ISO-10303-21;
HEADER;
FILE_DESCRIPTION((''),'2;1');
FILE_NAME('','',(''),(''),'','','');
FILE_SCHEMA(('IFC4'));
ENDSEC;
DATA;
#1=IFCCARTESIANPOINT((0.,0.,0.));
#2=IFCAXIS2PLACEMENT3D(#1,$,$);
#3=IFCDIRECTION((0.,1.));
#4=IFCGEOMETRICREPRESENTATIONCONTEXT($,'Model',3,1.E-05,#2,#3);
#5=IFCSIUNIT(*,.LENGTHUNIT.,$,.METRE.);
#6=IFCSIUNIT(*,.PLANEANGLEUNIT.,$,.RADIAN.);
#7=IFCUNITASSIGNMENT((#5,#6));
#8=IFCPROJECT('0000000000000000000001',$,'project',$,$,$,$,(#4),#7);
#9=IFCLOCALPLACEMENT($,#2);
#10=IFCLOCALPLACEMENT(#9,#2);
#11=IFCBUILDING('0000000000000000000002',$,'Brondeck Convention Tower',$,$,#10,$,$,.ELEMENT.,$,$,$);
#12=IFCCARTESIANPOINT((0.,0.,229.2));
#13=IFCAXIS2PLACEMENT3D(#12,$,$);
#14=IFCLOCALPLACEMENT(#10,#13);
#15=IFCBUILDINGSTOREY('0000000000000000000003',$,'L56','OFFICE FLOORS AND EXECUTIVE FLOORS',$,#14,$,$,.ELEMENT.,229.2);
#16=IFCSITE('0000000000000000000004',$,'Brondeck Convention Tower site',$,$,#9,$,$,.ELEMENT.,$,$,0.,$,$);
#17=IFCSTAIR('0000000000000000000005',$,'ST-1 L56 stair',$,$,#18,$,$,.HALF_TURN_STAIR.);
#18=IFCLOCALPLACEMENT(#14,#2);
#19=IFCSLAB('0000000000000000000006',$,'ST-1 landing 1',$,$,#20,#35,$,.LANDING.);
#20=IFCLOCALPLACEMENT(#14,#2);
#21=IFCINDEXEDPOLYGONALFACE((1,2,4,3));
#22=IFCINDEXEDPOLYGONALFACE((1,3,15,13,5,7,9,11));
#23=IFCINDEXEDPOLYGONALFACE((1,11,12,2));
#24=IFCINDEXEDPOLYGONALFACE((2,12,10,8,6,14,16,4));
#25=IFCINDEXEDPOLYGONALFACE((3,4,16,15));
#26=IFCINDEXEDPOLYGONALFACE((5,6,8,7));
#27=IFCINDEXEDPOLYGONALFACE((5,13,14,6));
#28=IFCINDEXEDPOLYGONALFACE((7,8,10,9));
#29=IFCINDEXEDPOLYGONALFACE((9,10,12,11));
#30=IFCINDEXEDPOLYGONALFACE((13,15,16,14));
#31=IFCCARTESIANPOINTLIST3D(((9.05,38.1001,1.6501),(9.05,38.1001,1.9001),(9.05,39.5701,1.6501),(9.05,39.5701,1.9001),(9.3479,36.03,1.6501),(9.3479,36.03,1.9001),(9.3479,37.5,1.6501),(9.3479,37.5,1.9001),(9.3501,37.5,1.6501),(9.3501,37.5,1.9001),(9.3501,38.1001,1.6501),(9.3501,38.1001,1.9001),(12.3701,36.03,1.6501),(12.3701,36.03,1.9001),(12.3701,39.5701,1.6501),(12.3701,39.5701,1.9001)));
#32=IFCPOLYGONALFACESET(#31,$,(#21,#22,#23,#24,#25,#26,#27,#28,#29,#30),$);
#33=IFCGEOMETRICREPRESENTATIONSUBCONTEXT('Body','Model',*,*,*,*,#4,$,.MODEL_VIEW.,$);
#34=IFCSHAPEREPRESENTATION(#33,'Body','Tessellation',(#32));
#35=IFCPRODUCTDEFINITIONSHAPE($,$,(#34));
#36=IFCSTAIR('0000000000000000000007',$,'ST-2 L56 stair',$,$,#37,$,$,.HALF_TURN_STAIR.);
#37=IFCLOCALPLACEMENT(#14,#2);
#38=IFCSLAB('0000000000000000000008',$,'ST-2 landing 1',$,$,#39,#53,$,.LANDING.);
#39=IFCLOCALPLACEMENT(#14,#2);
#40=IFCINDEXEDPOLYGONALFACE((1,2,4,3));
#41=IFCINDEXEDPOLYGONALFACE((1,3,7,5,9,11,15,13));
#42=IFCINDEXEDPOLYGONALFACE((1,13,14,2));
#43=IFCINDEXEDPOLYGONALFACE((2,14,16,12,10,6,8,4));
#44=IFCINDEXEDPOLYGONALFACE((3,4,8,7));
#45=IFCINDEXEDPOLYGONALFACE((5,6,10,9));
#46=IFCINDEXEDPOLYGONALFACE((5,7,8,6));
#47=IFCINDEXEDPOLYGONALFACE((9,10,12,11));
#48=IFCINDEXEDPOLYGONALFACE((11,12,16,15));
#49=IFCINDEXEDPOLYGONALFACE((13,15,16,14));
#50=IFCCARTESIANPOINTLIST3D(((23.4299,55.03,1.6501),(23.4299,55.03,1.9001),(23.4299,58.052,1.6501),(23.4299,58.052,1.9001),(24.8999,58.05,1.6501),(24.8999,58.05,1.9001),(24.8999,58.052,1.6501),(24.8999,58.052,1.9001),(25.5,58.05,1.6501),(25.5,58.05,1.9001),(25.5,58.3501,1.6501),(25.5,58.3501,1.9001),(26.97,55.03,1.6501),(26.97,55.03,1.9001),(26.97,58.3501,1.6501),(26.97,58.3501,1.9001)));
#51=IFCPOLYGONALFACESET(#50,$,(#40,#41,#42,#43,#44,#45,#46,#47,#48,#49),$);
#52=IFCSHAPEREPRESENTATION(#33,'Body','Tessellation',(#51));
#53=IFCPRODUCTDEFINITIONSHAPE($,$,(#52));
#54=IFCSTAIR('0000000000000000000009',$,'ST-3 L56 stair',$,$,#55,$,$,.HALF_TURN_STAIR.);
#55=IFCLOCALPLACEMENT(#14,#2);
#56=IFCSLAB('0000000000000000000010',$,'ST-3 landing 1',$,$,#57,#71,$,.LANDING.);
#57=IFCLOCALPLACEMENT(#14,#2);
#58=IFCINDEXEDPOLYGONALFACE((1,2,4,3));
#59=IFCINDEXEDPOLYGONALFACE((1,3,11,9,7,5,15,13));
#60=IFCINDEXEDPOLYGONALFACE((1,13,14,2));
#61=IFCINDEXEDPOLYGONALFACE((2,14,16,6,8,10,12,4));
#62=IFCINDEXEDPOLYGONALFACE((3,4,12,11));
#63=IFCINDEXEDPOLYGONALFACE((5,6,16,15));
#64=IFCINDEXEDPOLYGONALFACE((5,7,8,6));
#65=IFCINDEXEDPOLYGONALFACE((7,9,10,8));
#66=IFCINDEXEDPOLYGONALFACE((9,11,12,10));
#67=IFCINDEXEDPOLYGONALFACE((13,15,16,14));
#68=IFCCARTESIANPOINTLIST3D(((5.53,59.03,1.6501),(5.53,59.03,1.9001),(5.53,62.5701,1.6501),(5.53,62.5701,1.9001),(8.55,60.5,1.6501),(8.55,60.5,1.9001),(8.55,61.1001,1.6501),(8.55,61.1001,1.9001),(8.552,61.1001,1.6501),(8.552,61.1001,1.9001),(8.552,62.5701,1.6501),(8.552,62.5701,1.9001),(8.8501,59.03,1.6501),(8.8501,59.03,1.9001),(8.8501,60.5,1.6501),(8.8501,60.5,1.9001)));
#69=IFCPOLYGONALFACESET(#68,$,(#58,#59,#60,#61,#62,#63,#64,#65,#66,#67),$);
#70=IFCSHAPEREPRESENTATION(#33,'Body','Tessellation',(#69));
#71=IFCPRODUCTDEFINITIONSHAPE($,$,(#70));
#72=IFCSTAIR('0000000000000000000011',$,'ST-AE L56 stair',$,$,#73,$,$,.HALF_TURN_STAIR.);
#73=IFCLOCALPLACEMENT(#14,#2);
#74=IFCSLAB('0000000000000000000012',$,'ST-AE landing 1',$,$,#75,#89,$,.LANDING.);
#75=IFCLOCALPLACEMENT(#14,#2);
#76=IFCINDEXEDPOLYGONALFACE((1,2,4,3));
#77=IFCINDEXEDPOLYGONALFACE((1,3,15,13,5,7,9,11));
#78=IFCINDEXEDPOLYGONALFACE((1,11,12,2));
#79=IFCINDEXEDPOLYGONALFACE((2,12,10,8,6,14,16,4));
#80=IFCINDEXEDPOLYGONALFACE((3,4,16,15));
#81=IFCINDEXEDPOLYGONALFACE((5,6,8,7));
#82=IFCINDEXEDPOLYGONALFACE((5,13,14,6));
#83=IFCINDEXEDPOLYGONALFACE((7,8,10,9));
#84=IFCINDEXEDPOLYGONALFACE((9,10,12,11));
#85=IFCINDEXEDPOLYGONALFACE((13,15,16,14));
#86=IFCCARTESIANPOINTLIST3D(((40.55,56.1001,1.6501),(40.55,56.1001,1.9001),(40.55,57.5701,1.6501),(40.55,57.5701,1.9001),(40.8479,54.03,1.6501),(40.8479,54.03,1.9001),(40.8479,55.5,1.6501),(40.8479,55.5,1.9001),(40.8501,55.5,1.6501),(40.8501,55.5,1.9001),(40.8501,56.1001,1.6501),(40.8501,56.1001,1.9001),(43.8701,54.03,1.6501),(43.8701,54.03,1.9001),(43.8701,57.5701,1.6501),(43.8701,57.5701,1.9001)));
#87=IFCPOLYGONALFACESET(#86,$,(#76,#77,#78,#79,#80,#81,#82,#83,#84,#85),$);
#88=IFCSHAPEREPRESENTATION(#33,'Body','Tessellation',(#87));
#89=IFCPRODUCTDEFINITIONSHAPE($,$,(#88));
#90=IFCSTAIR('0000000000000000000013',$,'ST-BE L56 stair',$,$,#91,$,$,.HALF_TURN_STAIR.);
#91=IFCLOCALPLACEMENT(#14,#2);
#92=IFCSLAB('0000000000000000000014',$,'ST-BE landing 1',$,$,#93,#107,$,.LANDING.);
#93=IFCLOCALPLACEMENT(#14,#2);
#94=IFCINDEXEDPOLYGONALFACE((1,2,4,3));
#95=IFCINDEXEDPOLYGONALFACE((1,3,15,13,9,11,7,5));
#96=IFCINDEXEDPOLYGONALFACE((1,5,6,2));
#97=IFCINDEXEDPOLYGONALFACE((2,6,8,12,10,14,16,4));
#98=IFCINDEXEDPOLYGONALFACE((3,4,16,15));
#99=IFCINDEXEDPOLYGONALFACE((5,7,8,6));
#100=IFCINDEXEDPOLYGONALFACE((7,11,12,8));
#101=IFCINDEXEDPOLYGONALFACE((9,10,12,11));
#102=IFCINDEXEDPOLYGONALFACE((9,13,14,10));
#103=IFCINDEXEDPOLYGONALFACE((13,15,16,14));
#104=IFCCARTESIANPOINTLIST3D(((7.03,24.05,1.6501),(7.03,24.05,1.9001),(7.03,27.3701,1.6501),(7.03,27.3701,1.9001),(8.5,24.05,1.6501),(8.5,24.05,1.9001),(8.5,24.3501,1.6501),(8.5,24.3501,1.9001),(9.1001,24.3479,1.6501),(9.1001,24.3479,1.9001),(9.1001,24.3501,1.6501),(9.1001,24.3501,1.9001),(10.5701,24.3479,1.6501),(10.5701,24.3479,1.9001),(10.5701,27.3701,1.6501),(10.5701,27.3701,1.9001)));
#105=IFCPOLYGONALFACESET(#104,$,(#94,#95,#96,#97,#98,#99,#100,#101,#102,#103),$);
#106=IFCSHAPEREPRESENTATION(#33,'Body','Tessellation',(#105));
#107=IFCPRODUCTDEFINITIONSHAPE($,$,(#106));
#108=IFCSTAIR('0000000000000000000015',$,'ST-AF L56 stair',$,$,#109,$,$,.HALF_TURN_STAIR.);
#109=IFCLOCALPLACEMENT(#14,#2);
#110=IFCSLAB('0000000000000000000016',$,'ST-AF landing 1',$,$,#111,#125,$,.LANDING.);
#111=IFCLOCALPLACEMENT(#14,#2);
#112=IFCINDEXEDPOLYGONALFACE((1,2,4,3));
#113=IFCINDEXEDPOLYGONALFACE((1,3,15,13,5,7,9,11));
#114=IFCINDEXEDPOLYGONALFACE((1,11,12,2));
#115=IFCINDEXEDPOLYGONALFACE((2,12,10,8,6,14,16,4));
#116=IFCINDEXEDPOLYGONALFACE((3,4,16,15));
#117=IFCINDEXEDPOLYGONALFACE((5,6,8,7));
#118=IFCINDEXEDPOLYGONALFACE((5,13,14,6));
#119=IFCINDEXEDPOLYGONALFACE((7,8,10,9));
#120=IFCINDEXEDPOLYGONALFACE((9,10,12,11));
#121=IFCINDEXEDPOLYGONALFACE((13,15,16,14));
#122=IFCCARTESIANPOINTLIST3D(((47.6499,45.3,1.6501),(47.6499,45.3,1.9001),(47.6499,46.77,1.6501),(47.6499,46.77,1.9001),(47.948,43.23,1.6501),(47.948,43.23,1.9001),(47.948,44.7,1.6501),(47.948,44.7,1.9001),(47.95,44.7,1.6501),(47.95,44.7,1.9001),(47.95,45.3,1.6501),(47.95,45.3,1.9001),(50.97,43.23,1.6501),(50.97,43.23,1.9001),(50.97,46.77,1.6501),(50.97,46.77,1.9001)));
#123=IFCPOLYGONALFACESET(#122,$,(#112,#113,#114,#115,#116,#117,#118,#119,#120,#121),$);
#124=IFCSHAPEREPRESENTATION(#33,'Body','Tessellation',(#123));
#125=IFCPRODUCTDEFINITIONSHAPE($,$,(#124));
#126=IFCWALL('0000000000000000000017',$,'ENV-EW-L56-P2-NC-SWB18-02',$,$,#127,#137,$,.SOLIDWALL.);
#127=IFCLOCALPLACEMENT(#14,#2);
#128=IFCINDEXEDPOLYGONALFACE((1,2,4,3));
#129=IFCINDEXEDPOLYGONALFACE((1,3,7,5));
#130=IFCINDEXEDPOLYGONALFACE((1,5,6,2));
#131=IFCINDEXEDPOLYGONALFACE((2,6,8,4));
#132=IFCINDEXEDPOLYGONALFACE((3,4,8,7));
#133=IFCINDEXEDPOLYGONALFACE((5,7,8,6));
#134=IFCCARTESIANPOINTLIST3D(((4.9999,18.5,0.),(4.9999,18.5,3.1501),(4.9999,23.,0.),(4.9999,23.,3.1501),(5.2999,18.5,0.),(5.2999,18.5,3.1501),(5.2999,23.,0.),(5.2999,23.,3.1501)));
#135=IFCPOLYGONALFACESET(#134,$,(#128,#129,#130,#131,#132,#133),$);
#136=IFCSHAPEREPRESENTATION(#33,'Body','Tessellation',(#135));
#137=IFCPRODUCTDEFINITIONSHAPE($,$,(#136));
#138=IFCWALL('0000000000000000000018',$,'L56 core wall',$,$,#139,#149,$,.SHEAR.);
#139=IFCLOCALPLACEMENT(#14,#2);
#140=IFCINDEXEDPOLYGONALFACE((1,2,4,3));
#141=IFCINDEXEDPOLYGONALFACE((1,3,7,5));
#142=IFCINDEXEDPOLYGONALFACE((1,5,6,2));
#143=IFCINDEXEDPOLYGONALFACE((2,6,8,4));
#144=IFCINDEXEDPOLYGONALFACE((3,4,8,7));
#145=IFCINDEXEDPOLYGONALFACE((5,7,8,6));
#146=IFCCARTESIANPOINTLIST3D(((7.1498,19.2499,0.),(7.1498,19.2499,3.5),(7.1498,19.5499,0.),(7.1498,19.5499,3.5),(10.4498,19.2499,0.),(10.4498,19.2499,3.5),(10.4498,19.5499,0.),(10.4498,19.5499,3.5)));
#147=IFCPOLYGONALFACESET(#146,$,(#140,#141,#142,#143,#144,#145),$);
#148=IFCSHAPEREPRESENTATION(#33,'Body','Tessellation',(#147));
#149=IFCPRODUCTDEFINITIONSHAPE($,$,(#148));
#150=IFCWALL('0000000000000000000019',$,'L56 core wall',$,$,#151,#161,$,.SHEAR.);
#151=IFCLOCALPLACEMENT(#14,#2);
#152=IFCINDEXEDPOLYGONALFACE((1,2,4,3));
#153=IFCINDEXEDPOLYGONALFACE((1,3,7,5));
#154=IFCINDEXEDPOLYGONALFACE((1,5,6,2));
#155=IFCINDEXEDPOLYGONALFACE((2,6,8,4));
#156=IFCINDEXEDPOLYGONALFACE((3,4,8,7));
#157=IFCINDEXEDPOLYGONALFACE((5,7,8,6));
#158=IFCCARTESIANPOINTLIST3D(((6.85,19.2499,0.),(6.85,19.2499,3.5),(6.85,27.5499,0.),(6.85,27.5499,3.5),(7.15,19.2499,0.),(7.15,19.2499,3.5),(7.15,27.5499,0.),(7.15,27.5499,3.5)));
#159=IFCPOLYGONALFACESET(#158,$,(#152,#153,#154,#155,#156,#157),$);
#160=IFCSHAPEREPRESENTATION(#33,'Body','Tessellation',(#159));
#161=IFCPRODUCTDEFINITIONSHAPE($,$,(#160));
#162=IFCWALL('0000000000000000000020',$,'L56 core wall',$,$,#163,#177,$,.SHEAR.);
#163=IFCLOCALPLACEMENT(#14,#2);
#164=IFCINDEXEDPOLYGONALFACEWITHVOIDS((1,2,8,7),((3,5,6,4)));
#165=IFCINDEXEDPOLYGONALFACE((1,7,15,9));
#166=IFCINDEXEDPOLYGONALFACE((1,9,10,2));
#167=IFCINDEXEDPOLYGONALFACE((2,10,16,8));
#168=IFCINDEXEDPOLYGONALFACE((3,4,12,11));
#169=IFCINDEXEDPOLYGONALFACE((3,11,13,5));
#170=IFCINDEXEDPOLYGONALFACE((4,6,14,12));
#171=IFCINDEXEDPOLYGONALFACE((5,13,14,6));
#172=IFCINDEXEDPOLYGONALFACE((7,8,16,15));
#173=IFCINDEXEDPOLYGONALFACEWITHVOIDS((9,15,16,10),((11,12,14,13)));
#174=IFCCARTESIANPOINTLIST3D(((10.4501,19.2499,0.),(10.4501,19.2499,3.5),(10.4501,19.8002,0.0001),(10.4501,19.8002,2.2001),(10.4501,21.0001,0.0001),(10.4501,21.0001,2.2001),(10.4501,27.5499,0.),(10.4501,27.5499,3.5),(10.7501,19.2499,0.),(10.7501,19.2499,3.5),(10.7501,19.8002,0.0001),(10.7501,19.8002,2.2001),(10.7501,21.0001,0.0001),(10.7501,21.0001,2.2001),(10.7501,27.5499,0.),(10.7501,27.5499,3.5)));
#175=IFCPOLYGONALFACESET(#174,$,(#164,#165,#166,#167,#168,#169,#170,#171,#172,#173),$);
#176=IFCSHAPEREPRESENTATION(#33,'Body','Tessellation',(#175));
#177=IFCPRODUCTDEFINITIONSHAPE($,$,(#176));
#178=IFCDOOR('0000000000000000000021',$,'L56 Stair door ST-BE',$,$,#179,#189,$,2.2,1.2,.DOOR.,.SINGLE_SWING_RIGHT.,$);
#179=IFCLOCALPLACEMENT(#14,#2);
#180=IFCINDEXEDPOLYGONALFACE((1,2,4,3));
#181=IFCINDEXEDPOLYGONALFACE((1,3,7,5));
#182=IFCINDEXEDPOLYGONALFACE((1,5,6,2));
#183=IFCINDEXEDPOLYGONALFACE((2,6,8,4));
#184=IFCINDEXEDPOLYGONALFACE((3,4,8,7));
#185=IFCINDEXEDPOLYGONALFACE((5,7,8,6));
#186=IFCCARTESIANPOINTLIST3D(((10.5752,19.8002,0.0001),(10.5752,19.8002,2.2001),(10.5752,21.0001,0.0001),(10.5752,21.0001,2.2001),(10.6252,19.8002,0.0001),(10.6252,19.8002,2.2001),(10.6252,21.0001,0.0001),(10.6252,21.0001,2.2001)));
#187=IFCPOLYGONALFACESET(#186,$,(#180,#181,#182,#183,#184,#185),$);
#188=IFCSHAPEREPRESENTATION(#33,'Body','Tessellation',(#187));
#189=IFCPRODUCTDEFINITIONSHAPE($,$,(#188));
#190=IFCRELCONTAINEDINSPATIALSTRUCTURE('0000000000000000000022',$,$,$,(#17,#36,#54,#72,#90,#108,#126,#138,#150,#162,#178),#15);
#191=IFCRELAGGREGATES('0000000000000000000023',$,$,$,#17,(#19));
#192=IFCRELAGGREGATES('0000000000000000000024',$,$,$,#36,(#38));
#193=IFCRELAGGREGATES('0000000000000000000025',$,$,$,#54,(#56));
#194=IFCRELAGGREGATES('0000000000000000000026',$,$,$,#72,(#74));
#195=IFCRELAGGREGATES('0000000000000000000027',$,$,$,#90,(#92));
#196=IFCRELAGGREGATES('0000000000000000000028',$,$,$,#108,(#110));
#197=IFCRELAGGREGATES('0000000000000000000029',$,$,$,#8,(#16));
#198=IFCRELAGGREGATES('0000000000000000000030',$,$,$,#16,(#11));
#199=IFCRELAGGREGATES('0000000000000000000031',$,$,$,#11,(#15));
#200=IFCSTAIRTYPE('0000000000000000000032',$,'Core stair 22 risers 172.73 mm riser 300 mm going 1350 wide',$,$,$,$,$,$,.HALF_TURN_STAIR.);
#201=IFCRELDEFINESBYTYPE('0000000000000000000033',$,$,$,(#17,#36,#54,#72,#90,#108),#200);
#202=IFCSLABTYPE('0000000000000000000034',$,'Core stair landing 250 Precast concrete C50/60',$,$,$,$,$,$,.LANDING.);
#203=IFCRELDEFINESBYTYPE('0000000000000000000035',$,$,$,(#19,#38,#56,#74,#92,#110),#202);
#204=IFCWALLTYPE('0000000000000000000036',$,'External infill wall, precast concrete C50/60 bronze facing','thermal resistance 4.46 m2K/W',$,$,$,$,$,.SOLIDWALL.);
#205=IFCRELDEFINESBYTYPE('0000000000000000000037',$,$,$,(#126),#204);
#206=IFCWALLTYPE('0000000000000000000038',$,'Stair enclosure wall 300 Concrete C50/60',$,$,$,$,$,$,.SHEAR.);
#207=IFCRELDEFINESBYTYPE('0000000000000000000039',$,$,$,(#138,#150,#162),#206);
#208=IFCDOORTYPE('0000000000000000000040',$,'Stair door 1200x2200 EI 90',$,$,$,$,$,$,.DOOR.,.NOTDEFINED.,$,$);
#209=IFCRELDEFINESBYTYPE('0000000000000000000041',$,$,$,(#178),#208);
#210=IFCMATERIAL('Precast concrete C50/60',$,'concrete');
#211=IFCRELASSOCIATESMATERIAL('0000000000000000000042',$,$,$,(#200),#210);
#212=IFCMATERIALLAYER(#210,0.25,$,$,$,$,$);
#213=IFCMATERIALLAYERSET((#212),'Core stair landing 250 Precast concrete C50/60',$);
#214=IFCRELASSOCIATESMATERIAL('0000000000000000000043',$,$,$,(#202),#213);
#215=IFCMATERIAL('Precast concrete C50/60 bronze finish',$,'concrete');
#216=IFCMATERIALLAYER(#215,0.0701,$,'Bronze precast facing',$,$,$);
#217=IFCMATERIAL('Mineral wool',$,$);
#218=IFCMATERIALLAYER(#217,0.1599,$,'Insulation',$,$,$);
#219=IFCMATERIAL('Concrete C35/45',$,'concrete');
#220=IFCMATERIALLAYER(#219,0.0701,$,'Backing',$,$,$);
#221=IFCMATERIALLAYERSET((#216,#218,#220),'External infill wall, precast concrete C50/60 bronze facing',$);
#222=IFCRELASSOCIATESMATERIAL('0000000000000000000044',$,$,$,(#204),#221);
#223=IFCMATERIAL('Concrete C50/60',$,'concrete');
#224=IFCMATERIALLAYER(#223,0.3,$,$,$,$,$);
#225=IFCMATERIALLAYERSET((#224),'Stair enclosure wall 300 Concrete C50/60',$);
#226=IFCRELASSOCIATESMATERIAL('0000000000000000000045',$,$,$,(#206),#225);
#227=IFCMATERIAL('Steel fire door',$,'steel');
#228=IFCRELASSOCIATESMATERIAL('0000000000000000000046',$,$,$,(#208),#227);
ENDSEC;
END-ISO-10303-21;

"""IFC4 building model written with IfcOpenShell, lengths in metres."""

from ifc_helpers import new_model, si_unit, direction, frame, frame_2d, origin, place, context, subcontext, project, spatial, polyline, rectangle, outline, extrude, material, layer, layer_set, type_object, element, fill, aggregate, save


model = new_model("IFC4")

# Units and contexts
model_context = context("Model", 3, precision=1e-05, world=origin(), true_north=direction((0.0, 1.0)))
body_context = subcontext(model_context, "Body", "Model", "MODEL_VIEW")
ifc_project = project(units=[si_unit("LENGTHUNIT", "METRE"), si_unit("PLANEANGLEUNIT", "RADIAN")], contexts=[model_context])

# Site, building, storey
site_placement = place(None, origin())
site = spatial("IfcSite", under=ifc_project, at=site_placement, Name="Brondeck Convention Tower site", CompositionType="ELEMENT", RefElevation=0.0)
building_placement = place(site_placement, origin())
building = spatial("IfcBuilding", under=site, at=building_placement, Name="Brondeck Convention Tower", CompositionType="ELEMENT")
storey_placement = place(building_placement, frame((0.0, 0.0, 229.2)))
storey = spatial("IfcBuildingStorey", under=building, at=storey_placement, Name="L56", Description="OFFICE FLOORS AND EXECUTIVE FLOORS", CompositionType="ELEMENT", Elevation=229.2)

# Shared definitions
ifc_material_1 = material(Name="Concrete C50/60", Category="concrete")

# Shared definitions
ifc_material_2 = material(Name="Concrete C35/45", Category="concrete")

# Stairs, slabs
ifc_material_3 = material(Name="Precast concrete C50/60", Category="concrete")
stair_type = type_object("IfcStairType", Name="Core stair 22 risers 172.73 mm riser 300 mm going 1350 wide", PredefinedType="HALF_TURN_STAIR", material=ifc_material_3)
stair_1_placement = place(storey_placement, origin())
stair_1 = element("IfcStair", 1, at=stair_1_placement, inside=storey, type_object=stair_type, Name="ST-1 L56 stair", PredefinedType="HALF_TURN_STAIR")
ifc_layer_1 = layer(ifc_material_3, 0.25)
ifc_layer_set_1 = layer_set([ifc_layer_1], Name="Core stair landing 250 Precast concrete C50/60")
slab_type_1 = type_object("IfcSlabType", Name="Core stair landing 250 Precast concrete C50/60", PredefinedType="LANDING", material=ifc_layer_set_1)
slab_1_placement = place(storey_placement, frame((0.0, 0.0, 1.6501)))
slab_1 = element("IfcSlab", 2, at=slab_1_placement, type_object=slab_type_1, Name="ST-1 landing 1", PredefinedType="LANDING", context=body_context, shape_type="SweptSolid", body=[
    extrude(outline(polyline([(9.3479, 37.5), (9.3501, 37.5), (9.3501, 38.1001), (9.05, 38.1001), (9.05, 39.5701), (12.3701, 39.5701), (12.3701, 36.03), (9.3479, 36.03), (9.3479, 37.5)])), origin(), (0.0, 0.0, 1.0), 0.25),
])
aggregate(stair_1, [slab_1])
stair_2_placement = place(storey_placement, origin())
stair_2 = element("IfcStair", 3, at=stair_2_placement, inside=storey, type_object=stair_type, Name="ST-2 L56 stair", PredefinedType="HALF_TURN_STAIR")
slab_2_placement = place(storey_placement, frame((0.0, 0.0, 1.6501)))
slab_2 = element("IfcSlab", 4, at=slab_2_placement, type_object=slab_type_1, Name="ST-2 landing 1", PredefinedType="LANDING", context=body_context, shape_type="SweptSolid", body=[
    extrude(outline(polyline([(23.4299, 58.052), (24.8999, 58.052), (24.8999, 58.05), (25.5, 58.05), (25.5, 58.3501), (26.97, 58.3501), (26.97, 55.03), (23.4299, 55.03), (23.4299, 58.052)])), origin(), (0.0, 0.0, 1.0), 0.25),
])
aggregate(stair_2, [slab_2])
stair_3_placement = place(storey_placement, origin())
stair_3 = element("IfcStair", 5, at=stair_3_placement, inside=storey, type_object=stair_type, Name="ST-3 L56 stair", PredefinedType="HALF_TURN_STAIR")
slab_3_placement = place(storey_placement, frame((0.0, 0.0, 1.6501)))
slab_3 = element("IfcSlab", 6, at=slab_3_placement, type_object=slab_type_1, Name="ST-3 landing 1", PredefinedType="LANDING", context=body_context, shape_type="SweptSolid", body=[
    extrude(outline(polyline([(8.8501, 60.5), (8.8501, 59.03), (5.53, 59.03), (5.53, 62.5701), (8.552, 62.5701), (8.552, 61.1001), (8.55, 61.1001), (8.55, 60.5), (8.8501, 60.5)])), origin(), (0.0, 0.0, 1.0), 0.25),
])
aggregate(stair_3, [slab_3])
stair_4_placement = place(storey_placement, origin())
stair_4 = element("IfcStair", 7, at=stair_4_placement, inside=storey, type_object=stair_type, Name="ST-AE L56 stair", PredefinedType="HALF_TURN_STAIR")
slab_4_placement = place(storey_placement, frame((0.0, 0.0, 1.6501)))
slab_4 = element("IfcSlab", 8, at=slab_4_placement, type_object=slab_type_1, Name="ST-AE landing 1", PredefinedType="LANDING", context=body_context, shape_type="SweptSolid", body=[
    extrude(outline(polyline([(40.8479, 55.5), (40.8501, 55.5), (40.8501, 56.1001), (40.55, 56.1001), (40.55, 57.5701), (43.8701, 57.5701), (43.8701, 54.03), (40.8479, 54.03), (40.8479, 55.5)])), origin(), (0.0, 0.0, 1.0), 0.25),
])
aggregate(stair_4, [slab_4])
stair_5_placement = place(storey_placement, origin())
stair_5 = element("IfcStair", 9, at=stair_5_placement, inside=storey, type_object=stair_type, Name="ST-BE L56 stair", PredefinedType="HALF_TURN_STAIR")
slab_5_placement = place(storey_placement, frame((0.0, 0.0, 1.6501)))
slab_5 = element("IfcSlab", 10, at=slab_5_placement, type_object=slab_type_1, Name="ST-BE landing 1", PredefinedType="LANDING", context=body_context, shape_type="SweptSolid", body=[
    extrude(outline(polyline([(7.03, 24.05), (7.03, 27.3701), (10.5701, 27.3701), (10.5701, 24.3479), (9.1001, 24.3479), (9.1001, 24.3501), (8.5, 24.3501), (8.5, 24.05), (7.03, 24.05)])), origin(), (0.0, 0.0, 1.0), 0.25),
])
aggregate(stair_5, [slab_5])
stair_6_placement = place(storey_placement, origin())
stair_6 = element("IfcStair", 11, at=stair_6_placement, inside=storey, type_object=stair_type, Name="ST-AF L56 stair", PredefinedType="HALF_TURN_STAIR")
slab_6_placement = place(storey_placement, frame((0.0, 0.0, 1.6501)))
slab_6 = element("IfcSlab", 12, at=slab_6_placement, type_object=slab_type_1, Name="ST-AF landing 1", PredefinedType="LANDING", context=body_context, shape_type="SweptSolid", body=[
    extrude(outline(polyline([(47.948, 44.7), (47.95, 44.7), (47.95, 45.3), (47.6499, 45.3), (47.6499, 46.77), (50.97, 46.77), (50.97, 43.23), (47.948, 43.23), (47.948, 44.7)])), origin(), (0.0, 0.0, 1.0), 0.25),
])
aggregate(stair_6, [slab_6])

# Walls
ifc_material_4 = material(Name="Precast concrete C50/60 bronze finish", Category="concrete")
ifc_layer_2 = layer(ifc_material_4, 0.0701, Name="Bronze precast facing")
ifc_material_5 = material(Name="Mineral wool")
ifc_layer_3 = layer(ifc_material_5, 0.1599, Name="Insulation")
ifc_layer_4 = layer(ifc_material_2, 0.0701, Name="Backing")
ifc_layer_set_2 = layer_set([ifc_layer_2, ifc_layer_3, ifc_layer_4], Name="External infill wall, precast concrete C50/60 bronze facing")
wall_type_1 = type_object("IfcWallType", Name="External infill wall, precast concrete C50/60 bronze facing", Description="thermal resistance 4.46 m2K/W", PredefinedType="SOLIDWALL", material=ifc_layer_set_2)
wall_1_placement = place(storey_placement, frame((5.1499, 18.5, 0.0), z_axis=(0.0, 0.0, 1.0), x_axis=(0.0, 1.0, 0.0)))
element("IfcWall", 13, at=wall_1_placement, inside=storey, type_object=wall_type_1, Name="ENV-EW-L56-P2-NC-SWB18-02", PredefinedType="SOLIDWALL", context=body_context, shape_type="SweptSolid", body=[
    extrude(rectangle(XDim=4.5, YDim=0.3, at=frame_2d((2.25, 0.0))), origin(), (0.0, 0.0, 1.0), 3.1501),
])
ifc_layer_5 = layer(ifc_material_1, 0.3)
ifc_layer_set_3 = layer_set([ifc_layer_5], Name="Stair enclosure wall 300 Concrete C50/60")
wall_type_2 = type_object("IfcWallType", Name="Stair enclosure wall 300 Concrete C50/60", PredefinedType="SHEAR", material=ifc_layer_set_3)
wall_2_placement = place(storey_placement, frame((7.1499, 19.3999, 0.0), z_axis=(0.0, 0.0, 1.0), x_axis=(1.0, 0.0, 0.0)))
element("IfcWall", 14, at=wall_2_placement, inside=storey, type_object=wall_type_2, Name="L56 core wall", PredefinedType="SHEAR", context=body_context, shape_type="SweptSolid", body=[
    extrude(rectangle(XDim=3.3, YDim=0.3, at=frame_2d((1.6499, 0.0))), origin(), (0.0, 0.0, 1.0), 3.5),
])
wall_3_placement = place(storey_placement, frame((7.0, 19.25, 0.0), z_axis=(0.0, 0.0, 1.0), x_axis=(0.0, 1.0, 0.0)))
element("IfcWall", 15, at=wall_3_placement, inside=storey, type_object=wall_type_2, Name="L56 core wall", PredefinedType="SHEAR", context=body_context, shape_type="SweptSolid", body=[
    extrude(rectangle(XDim=8.3, YDim=0.3, at=frame_2d((4.1499, 0.0))), origin(), (0.0, 0.0, 1.0), 3.5),
])

# Wall, opening, door
wall_4_placement = place(storey_placement, frame((10.6001, 19.25, 0.0), z_axis=(0.0, 0.0, 1.0), x_axis=(0.0, 1.0, 0.0)))
wall_4 = element("IfcWall", 16, at=wall_4_placement, inside=storey, type_object=wall_type_2, Name="L56 core wall", PredefinedType="SHEAR", context=body_context, shape_type="SweptSolid", body=[
    extrude(rectangle(XDim=8.3, YDim=0.3, at=frame_2d((4.1499, 0.0))), origin(), (0.0, 0.0, 1.0), 3.5),
])
opening_placement = place(wall_4_placement, frame((0.55, 0.0, 0.0)))
opening = element("IfcOpeningElement", 17, at=opening_placement, cuts=wall_4, PredefinedType="OPENING", context=body_context, shape_type="SweptSolid", body=[
    extrude(rectangle(XDim=1.2, YDim=2.2, at=frame_2d((0.6001, 1.1001))), frame((0.0, 0.1599, 0.0), z_axis=(0.0, -1.0, 0.0), x_axis=(1.0, 0.0, 0.0)), (0.0, 0.0, 1.0), 0.3201),
])
ifc_material_6 = material(Name="Steel fire door", Category="steel")
door_type = type_object("IfcDoorType", Name="Stair door 1200x2200 EI 90", OperationType="NOTDEFINED", PredefinedType="DOOR", material=ifc_material_6)
door_placement = place(opening_placement, origin())
door = element("IfcDoor", 18, at=door_placement, inside=storey, type_object=door_type, Name="L56 Stair door ST-BE", OperationType="SINGLE_SWING_RIGHT", OverallHeight=2.2, OverallWidth=1.2, PredefinedType="DOOR", context=body_context, shape_type="SweptSolid", body=[
    extrude(rectangle(XDim=1.2, YDim=2.2, at=frame_2d((0.6001, 1.1001))), frame((0.0, 0.0249, 0.0), z_axis=(0.0, -1.0, 0.0), x_axis=(1.0, 0.0, 0.0)), (0.0, 0.0, 1.0), 0.05),
])
fill(opening, door)

save(model, "model.ifc")
